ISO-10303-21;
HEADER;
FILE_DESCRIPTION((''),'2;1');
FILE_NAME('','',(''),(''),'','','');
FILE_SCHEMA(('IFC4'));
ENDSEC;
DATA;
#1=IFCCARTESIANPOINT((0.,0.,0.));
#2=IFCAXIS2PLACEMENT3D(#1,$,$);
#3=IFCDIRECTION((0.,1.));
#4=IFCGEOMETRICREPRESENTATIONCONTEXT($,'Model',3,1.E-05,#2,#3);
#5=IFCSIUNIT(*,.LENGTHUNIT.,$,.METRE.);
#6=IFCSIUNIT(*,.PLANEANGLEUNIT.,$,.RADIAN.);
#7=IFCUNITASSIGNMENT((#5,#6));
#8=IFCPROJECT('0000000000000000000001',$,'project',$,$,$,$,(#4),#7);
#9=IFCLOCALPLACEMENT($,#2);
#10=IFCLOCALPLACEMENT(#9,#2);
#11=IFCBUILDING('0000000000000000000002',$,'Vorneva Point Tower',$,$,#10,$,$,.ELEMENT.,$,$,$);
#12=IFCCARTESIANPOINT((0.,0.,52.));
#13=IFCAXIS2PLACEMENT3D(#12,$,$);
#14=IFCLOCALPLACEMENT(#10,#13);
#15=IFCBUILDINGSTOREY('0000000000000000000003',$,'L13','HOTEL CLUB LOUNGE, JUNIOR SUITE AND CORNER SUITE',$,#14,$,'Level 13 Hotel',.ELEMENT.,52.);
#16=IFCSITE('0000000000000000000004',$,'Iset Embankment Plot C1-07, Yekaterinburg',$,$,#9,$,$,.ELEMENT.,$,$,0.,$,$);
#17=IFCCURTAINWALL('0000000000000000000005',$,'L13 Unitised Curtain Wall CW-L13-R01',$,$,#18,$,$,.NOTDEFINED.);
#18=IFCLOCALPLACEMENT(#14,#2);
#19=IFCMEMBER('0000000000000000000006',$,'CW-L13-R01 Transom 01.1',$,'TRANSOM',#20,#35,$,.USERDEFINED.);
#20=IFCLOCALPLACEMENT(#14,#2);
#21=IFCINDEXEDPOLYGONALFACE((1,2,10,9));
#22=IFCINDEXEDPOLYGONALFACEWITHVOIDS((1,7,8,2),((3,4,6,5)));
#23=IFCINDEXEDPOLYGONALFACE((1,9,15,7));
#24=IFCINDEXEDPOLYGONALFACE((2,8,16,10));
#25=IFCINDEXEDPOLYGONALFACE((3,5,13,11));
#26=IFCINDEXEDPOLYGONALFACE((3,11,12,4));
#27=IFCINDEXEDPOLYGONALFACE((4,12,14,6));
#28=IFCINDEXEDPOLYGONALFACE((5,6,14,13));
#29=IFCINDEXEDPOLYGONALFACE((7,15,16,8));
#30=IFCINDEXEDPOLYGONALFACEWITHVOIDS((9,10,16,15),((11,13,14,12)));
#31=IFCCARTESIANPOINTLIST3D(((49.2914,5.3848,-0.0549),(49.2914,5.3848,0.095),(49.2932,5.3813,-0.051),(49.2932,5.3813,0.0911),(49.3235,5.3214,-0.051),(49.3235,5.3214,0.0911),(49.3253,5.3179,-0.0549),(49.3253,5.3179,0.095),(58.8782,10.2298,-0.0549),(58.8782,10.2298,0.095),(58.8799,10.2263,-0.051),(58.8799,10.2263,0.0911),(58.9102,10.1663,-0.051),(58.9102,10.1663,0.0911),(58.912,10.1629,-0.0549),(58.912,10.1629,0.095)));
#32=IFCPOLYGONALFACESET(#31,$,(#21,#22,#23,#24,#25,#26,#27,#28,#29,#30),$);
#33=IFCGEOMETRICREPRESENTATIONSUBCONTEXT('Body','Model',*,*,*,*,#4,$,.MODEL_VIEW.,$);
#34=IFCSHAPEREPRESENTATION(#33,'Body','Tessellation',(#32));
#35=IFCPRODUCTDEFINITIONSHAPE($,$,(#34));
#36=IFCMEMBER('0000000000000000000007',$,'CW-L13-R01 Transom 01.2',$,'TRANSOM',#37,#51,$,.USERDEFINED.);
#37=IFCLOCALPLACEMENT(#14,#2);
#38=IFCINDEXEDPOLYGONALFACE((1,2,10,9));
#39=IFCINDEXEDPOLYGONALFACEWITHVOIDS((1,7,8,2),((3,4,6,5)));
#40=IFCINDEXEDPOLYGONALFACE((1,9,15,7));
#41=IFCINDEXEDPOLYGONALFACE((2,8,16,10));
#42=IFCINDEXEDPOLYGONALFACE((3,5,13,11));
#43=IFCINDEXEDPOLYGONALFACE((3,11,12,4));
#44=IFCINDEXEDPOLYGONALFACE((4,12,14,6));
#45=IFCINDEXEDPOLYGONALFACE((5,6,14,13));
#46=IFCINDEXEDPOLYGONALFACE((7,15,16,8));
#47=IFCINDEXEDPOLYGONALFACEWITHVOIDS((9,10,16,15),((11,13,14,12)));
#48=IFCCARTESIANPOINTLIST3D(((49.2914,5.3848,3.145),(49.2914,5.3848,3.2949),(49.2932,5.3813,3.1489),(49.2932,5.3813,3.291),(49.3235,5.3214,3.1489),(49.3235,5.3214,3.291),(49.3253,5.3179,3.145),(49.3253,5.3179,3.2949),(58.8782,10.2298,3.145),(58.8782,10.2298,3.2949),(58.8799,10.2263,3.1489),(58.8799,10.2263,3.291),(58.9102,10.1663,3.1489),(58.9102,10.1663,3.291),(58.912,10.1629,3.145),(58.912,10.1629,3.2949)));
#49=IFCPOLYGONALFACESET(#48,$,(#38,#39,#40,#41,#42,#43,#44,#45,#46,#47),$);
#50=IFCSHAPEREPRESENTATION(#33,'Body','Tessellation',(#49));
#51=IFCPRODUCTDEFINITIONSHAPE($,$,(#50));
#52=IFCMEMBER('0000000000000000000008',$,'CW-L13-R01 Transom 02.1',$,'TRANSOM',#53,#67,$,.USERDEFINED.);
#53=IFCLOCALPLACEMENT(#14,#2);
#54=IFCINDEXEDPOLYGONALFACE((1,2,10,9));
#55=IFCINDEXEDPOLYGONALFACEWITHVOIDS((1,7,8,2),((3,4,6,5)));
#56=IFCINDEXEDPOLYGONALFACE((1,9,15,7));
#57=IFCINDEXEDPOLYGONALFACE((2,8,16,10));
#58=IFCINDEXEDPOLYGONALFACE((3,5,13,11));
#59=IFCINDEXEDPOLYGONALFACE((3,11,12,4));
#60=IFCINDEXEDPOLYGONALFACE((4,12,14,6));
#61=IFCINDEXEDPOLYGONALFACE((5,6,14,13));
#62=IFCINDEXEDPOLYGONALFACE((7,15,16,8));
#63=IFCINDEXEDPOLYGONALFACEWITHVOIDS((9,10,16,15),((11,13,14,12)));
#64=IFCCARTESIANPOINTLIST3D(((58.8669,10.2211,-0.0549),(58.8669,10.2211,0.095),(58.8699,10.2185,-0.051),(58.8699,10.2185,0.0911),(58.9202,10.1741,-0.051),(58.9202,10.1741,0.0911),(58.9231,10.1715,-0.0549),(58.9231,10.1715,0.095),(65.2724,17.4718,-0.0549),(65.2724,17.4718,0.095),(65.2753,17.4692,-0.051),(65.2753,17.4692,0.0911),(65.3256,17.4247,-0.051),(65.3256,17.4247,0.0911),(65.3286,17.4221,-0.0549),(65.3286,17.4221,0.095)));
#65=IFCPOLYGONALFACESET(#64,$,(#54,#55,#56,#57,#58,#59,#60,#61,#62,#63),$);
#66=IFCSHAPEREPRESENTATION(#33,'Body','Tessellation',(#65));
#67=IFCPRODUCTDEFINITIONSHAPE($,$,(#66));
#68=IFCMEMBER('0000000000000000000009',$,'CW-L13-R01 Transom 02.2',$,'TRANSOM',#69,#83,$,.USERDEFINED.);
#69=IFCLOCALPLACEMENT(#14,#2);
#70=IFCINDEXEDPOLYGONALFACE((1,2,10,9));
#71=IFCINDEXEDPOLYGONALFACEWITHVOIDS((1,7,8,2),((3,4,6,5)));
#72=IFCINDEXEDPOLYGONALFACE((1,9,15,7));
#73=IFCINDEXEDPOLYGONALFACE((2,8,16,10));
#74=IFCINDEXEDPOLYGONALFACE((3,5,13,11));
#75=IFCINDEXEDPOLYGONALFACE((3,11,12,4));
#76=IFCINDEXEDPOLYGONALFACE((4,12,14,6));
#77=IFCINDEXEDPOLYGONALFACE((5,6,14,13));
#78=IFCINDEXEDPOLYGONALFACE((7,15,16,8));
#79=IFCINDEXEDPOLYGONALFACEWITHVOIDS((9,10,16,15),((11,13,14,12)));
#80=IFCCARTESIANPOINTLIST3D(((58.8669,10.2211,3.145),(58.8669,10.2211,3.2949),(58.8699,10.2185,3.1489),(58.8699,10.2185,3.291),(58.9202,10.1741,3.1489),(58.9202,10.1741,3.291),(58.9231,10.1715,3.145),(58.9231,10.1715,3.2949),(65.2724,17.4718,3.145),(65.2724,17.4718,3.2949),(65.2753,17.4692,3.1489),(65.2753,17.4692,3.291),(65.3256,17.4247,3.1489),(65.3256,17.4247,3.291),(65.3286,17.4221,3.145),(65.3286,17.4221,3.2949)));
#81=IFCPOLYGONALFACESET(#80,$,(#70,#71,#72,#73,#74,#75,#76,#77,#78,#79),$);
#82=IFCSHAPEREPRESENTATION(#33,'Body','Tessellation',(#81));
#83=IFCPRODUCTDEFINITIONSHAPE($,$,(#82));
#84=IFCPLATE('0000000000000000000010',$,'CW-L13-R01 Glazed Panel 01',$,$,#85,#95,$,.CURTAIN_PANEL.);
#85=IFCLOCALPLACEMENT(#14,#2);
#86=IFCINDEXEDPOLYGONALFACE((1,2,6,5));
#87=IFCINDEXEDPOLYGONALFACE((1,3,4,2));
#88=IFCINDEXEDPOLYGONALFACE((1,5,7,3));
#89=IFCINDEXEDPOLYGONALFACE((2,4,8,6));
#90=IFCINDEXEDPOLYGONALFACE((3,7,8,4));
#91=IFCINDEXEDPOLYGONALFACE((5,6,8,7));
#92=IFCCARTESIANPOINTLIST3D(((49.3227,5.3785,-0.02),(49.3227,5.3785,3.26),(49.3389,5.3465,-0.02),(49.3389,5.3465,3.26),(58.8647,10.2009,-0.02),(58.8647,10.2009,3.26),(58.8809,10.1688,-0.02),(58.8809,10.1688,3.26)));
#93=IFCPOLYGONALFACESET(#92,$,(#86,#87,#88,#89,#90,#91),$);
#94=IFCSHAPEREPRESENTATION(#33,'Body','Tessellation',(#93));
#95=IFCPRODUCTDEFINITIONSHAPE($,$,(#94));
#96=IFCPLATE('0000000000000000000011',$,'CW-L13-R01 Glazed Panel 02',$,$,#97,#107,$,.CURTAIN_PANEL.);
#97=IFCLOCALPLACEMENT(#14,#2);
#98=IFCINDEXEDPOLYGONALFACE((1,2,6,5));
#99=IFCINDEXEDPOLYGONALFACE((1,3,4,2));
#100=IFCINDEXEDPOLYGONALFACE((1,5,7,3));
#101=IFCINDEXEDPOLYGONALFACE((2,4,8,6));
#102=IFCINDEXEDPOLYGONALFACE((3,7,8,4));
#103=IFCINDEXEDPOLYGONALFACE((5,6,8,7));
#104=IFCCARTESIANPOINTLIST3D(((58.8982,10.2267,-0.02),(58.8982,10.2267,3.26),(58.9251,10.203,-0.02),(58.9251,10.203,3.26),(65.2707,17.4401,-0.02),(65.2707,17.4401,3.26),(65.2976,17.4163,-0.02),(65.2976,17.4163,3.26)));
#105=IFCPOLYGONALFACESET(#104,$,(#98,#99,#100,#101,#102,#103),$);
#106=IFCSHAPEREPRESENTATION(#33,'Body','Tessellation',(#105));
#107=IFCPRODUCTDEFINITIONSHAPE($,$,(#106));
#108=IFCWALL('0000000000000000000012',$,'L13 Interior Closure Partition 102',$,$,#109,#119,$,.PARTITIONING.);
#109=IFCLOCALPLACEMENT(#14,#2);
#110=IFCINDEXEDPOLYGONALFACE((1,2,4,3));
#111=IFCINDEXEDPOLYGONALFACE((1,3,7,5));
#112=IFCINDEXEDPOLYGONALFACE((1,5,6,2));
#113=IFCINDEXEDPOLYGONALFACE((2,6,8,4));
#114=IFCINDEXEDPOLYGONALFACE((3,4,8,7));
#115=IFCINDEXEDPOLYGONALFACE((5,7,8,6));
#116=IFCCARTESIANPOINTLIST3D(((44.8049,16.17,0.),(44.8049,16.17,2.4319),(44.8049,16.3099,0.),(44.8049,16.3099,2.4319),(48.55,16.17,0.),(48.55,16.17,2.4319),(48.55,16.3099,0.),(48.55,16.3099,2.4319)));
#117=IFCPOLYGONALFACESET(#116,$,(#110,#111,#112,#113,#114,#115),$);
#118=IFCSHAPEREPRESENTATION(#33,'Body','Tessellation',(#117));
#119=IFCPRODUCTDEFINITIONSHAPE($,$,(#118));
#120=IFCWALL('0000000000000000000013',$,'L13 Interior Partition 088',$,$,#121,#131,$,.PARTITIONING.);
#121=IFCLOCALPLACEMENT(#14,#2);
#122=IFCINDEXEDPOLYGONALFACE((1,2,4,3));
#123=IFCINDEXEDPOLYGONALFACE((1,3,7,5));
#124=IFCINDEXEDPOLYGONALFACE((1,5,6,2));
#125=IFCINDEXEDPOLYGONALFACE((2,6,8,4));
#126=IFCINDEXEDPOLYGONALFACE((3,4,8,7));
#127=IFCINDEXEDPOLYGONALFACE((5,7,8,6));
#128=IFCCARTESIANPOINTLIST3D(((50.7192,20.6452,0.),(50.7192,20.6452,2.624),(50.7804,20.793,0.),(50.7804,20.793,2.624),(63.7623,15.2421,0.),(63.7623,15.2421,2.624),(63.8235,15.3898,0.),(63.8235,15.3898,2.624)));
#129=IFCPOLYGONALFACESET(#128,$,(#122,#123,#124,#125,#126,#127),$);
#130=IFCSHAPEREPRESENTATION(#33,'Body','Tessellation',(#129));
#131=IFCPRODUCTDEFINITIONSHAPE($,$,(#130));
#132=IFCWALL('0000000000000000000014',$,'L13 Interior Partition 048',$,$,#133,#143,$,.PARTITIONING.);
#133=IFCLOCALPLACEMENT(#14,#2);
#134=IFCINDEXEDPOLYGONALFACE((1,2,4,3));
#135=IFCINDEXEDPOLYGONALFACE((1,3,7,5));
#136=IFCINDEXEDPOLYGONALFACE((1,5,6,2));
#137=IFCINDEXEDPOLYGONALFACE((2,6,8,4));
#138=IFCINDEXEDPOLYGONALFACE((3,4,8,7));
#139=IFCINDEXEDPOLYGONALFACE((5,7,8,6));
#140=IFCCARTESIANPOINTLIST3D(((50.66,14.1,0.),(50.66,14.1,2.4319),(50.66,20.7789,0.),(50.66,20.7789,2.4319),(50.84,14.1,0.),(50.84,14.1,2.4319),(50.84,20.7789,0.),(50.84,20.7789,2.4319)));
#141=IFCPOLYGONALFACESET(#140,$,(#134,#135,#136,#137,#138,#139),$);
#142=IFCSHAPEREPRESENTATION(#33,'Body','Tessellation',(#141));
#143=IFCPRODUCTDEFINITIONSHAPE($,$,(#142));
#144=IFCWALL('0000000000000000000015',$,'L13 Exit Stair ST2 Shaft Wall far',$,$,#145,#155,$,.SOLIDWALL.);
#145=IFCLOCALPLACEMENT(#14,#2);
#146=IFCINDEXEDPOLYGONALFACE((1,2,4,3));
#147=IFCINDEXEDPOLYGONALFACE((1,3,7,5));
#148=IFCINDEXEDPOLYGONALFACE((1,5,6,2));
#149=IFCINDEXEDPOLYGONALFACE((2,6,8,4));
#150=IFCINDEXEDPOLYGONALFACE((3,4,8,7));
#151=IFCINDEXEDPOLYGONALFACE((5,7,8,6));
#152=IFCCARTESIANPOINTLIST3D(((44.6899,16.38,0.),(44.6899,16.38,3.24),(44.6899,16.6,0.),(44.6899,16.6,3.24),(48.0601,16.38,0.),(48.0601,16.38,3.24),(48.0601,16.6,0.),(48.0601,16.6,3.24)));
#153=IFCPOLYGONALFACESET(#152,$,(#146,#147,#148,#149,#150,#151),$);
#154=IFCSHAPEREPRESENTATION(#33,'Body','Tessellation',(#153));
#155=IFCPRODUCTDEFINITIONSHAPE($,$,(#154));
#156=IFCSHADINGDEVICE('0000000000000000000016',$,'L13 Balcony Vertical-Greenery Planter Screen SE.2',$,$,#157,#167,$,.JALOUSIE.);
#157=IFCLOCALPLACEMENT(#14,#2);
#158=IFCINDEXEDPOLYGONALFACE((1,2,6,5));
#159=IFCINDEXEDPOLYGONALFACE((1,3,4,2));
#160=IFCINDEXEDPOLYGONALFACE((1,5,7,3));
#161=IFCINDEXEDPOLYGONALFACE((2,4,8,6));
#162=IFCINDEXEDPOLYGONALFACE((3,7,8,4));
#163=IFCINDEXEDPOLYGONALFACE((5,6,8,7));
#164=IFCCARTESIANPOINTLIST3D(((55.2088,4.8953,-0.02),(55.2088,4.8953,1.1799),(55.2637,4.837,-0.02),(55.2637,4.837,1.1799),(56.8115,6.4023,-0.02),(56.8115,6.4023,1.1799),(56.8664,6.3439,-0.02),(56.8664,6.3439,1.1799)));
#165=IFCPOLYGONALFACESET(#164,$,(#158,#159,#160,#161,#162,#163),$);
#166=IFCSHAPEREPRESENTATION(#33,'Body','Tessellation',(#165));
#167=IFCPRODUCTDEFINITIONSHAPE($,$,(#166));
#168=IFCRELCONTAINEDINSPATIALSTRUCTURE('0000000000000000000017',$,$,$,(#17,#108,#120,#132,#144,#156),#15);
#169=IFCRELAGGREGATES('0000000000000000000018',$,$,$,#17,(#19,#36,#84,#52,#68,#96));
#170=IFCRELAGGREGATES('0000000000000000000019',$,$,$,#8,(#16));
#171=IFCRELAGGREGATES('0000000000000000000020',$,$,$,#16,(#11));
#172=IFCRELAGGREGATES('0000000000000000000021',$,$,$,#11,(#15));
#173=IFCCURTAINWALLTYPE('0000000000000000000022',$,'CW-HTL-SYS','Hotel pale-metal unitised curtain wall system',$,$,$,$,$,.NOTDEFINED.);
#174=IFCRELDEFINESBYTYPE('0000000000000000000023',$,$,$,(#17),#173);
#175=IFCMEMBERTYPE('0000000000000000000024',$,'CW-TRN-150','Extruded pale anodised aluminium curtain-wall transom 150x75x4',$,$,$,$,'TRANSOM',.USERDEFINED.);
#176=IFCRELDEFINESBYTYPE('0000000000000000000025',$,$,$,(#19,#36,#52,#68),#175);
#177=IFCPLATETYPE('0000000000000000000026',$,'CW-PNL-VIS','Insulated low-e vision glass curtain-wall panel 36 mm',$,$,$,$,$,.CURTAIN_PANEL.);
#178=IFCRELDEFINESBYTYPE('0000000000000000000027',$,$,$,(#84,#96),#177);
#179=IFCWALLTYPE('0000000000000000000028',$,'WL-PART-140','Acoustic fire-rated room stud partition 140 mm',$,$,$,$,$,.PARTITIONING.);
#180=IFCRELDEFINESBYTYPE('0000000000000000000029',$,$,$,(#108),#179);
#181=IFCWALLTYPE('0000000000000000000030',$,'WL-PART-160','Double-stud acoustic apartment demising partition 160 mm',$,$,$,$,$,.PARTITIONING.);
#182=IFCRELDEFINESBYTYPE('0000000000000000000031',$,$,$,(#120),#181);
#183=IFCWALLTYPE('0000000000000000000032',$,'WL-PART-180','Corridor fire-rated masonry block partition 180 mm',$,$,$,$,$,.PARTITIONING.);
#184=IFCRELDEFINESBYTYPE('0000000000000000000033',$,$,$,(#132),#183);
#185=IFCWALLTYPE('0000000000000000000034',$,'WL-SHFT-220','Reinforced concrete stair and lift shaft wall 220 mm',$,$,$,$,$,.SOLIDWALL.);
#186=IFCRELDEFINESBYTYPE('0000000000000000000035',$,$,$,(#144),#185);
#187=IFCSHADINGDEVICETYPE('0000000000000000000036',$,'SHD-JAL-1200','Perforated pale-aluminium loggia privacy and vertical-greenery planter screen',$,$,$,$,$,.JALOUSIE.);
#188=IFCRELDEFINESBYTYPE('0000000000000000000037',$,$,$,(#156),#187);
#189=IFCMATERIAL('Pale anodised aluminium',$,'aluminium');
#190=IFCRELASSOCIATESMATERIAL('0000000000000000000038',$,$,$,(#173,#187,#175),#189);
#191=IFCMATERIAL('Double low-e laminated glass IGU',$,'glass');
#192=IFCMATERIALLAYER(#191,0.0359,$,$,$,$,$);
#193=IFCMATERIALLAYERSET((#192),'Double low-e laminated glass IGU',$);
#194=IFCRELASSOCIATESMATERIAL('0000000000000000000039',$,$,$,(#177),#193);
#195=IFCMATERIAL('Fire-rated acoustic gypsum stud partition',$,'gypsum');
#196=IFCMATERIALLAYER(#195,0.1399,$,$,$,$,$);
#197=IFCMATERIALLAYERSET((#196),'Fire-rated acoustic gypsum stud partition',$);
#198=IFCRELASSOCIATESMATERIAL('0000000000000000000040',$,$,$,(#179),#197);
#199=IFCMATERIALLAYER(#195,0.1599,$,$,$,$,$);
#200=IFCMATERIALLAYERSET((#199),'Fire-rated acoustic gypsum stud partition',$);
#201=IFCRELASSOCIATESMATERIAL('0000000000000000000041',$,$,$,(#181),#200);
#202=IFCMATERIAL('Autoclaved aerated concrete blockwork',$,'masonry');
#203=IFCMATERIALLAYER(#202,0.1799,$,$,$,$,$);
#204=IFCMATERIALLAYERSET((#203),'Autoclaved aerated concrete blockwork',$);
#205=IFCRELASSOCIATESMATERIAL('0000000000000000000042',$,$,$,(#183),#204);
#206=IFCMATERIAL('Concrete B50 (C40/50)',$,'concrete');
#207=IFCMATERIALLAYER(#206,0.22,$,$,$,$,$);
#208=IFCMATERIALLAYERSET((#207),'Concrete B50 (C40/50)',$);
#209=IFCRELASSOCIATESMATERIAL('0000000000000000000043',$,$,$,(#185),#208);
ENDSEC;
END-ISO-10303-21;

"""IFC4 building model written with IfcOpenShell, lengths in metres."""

from ifc_helpers import new_model, si_unit, direction, frame, frame_2d, origin, origin_2d, place, context, subcontext, project, spatial, rectangle, hollow_rectangle, extrude, material, layer, layer_set, material_profile, profile_set, type_object, element, aggregate, save


model = new_model("IFC4")

# Units and contexts
model_context = context("Model", 3, precision=1e-05, world=origin(), true_north=direction((0.0, 1.0)))
body_context = subcontext(model_context, "Body", "Model", "MODEL_VIEW")
ifc_project = project(units=[si_unit("LENGTHUNIT", "METRE"), si_unit("PLANEANGLEUNIT", "RADIAN")], contexts=[model_context])

# Site, building, storey
site_placement = place(None, origin())
site = spatial("IfcSite", under=ifc_project, at=site_placement, Name="Iset Embankment Plot C1-07, Yekaterinburg", CompositionType="ELEMENT", RefElevation=0.0)
building_placement = place(site_placement, origin())
building = spatial("IfcBuilding", under=site, at=building_placement, Name="Vorneva Point Tower", CompositionType="ELEMENT")
storey_placement = place(building_placement, frame((0.0, 0.0, 52.0)))
storey = spatial("IfcBuildingStorey", under=building, at=storey_placement, Name="L13", Description="HOTEL CLUB LOUNGE, JUNIOR SUITE AND CORNER SUITE", LongName="Level 13 Hotel", CompositionType="ELEMENT", Elevation=52.0)

# Curtain wall, members, plates
ifc_material_1 = material(Name="Pale anodised aluminium", Category="aluminium")
curtain_wall_type = type_object("IfcCurtainWallType", Name="CW-HTL-SYS", Description="Hotel pale-metal unitised curtain wall system", PredefinedType="NOTDEFINED", material=ifc_material_1)
curtain_wall_placement = place(storey_placement, origin())
curtain_wall = element("IfcCurtainWall", 1, at=curtain_wall_placement, inside=storey, type_object=curtain_wall_type, Name="L13 Unitised Curtain Wall CW-L13-R01", PredefinedType="NOTDEFINED")
ifc_material_profile_1 = material_profile(ifc_material_1, hollow_rectangle(XDim=0.075, YDim=0.1499, WallThickness=0.0039, at=origin_2d()), Name="AL-TRN 150x75x4")
ifc_profile_set_1 = profile_set([ifc_material_profile_1], Name="Pale anodised aluminium")
member_type_1 = type_object("IfcMemberType", Name="CW-TRN-150", Description="Extruded pale anodised aluminium curtain-wall transom 150x75x4", ElementType="TRANSOM", PredefinedType="USERDEFINED", material=ifc_profile_set_1)
member_1_placement = place(storey_placement, frame((49.3083, 5.3513, 0.02), z_axis=(0.892496, 0.451055, 0.0), x_axis=(-0.451055, 0.892496, 0.0)))
member_1 = element("IfcMember", 2, at=member_1_placement, type_object=member_type_1, Name="CW-L13-R01 Transom 01.1", ObjectType="TRANSOM", PredefinedType="USERDEFINED", context=body_context, shape_type="SweptSolid", body=[
    extrude(hollow_rectangle(XDim=0.075, YDim=0.1499, WallThickness=0.0039, at=origin_2d()), origin(), (0.0, 0.0, 1.0), 10.7415),
])
member_2_placement = place(storey_placement, frame((49.3083, 5.3513, 3.22), z_axis=(0.892496, 0.451055, 0.0), x_axis=(-0.451055, 0.892496, 0.0)))
member_2 = element("IfcMember", 3, at=member_2_placement, type_object=member_type_1, Name="CW-L13-R01 Transom 01.2", ObjectType="TRANSOM", PredefinedType="USERDEFINED", context=body_context, shape_type="SweptSolid", body=[
    extrude(hollow_rectangle(XDim=0.075, YDim=0.1499, WallThickness=0.0039, at=origin_2d()), origin(), (0.0, 0.0, 1.0), 10.7415),
])
member_3_placement = place(storey_placement, frame((58.895, 10.1963, 0.02), z_axis=(0.662076, 0.749437, 0.0), x_axis=(-0.749437, 0.662076, 0.0)))
member_3 = element("IfcMember", 4, at=member_3_placement, type_object=member_type_1, Name="CW-L13-R01 Transom 02.1", ObjectType="TRANSOM", PredefinedType="USERDEFINED", context=body_context, shape_type="SweptSolid", body=[
    extrude(hollow_rectangle(XDim=0.075, YDim=0.1499, WallThickness=0.0039, at=origin_2d()), origin(), (0.0, 0.0, 1.0), 9.6748),
])
member_4_placement = place(storey_placement, frame((58.895, 10.1963, 3.22), z_axis=(0.662076, 0.749437, 0.0), x_axis=(-0.749437, 0.662076, 0.0)))
member_4 = element("IfcMember", 5, at=member_4_placement, type_object=member_type_1, Name="CW-L13-R01 Transom 02.2", ObjectType="TRANSOM", PredefinedType="USERDEFINED", context=body_context, shape_type="SweptSolid", body=[
    extrude(hollow_rectangle(XDim=0.075, YDim=0.1499, WallThickness=0.0039, at=origin_2d()), origin(), (0.0, 0.0, 1.0), 9.6748),
])
ifc_material_2 = material(Name="Double low-e laminated glass IGU", Category="glass")
ifc_layer_1 = layer(ifc_material_2, 0.0359)
ifc_layer_set_1 = layer_set([ifc_layer_1], Name="Double low-e laminated glass IGU")
plate_type = type_object("IfcPlateType", Name="CW-PNL-VIS", Description="Insulated low-e vision glass curtain-wall panel 36 mm", PredefinedType="CURTAIN_PANEL", material=ifc_layer_set_1)
plate_1_placement = place(storey_placement, frame((54.1018, 7.7737, -0.02), z_axis=(0.0, 0.0, 1.0), x_axis=(0.892499, 0.451049, 0.0)))
plate_1 = element("IfcPlate", 6, at=plate_1_placement, type_object=plate_type, Name="CW-L13-R01 Glazed Panel 01", PredefinedType="CURTAIN_PANEL", context=body_context, shape_type="SweptSolid", body=[
    extrude(rectangle(XDim=10.6914, YDim=0.0359, at=origin_2d()), origin(), (0.0, 0.0, 1.0), 3.28),
])
plate_2_placement = place(storey_placement, frame((62.0979, 13.8215, -0.02), z_axis=(0.0, 0.0, 1.0), x_axis=(0.662071, 0.749441, 0.0)))
plate_2 = element("IfcPlate", 7, at=plate_2_placement, type_object=plate_type, Name="CW-L13-R01 Glazed Panel 02", PredefinedType="CURTAIN_PANEL", context=body_context, shape_type="SweptSolid", body=[
    extrude(rectangle(XDim=9.625, YDim=0.0359, at=origin_2d()), origin(), (0.0, 0.0, 1.0), 3.28),
])
aggregate(curtain_wall, [member_1, member_2, plate_1, member_3, member_4, plate_2])

# Walls
ifc_material_3 = material(Name="Fire-rated acoustic gypsum stud partition", Category="gypsum")
ifc_layer_2 = layer(ifc_material_3, 0.1399)
ifc_layer_set_2 = layer_set([ifc_layer_2], Name="Fire-rated acoustic gypsum stud partition")
wall_type_1 = type_object("IfcWallType", Name="WL-PART-140", Description="Acoustic fire-rated room stud partition 140 mm", PredefinedType="PARTITIONING", material=ifc_layer_set_2)
wall_1_placement = place(storey_placement, frame((48.55, 16.24, 0.0), z_axis=(0.0, 0.0, 1.0), x_axis=(-1.0, 0.0, 0.0)))
element("IfcWall", 8, at=wall_1_placement, inside=storey, type_object=wall_type_1, Name="L13 Interior Closure Partition 102", PredefinedType="PARTITIONING", context=body_context, shape_type="SweptSolid", body=[
    extrude(rectangle(XDim=3.7451, YDim=0.1399, at=frame_2d((1.8726, 0.0))), origin(), (0.0, 0.0, 1.0), 2.4319),
])
ifc_layer_3 = layer(ifc_material_3, 0.1599)
ifc_layer_set_3 = layer_set([ifc_layer_3], Name="Fire-rated acoustic gypsum stud partition")
wall_type_2 = type_object("IfcWallType", Name="WL-PART-160", Description="Double-stud acoustic apartment demising partition 160 mm", PredefinedType="PARTITIONING", material=ifc_layer_set_3)
wall_2_placement = place(storey_placement, frame((63.793, 15.3159, 0.0), z_axis=(0.0, 0.0, 1.0), x_axis=(-0.923867, 0.382714, 0.0)))
element("IfcWall", 9, at=wall_2_placement, inside=storey, type_object=wall_type_2, Name="L13 Interior Partition 088", PredefinedType="PARTITIONING", context=body_context, shape_type="SweptSolid", body=[
    extrude(rectangle(XDim=14.1179, YDim=0.1599, at=frame_2d((7.0591, 0.0))), origin(), (0.0, 0.0, 1.0), 2.624),
])
ifc_material_4 = material(Name="Autoclaved aerated concrete blockwork", Category="masonry")
ifc_layer_4 = layer(ifc_material_4, 0.1799)
ifc_layer_set_4 = layer_set([ifc_layer_4], Name="Autoclaved aerated concrete blockwork")
wall_type_3 = type_object("IfcWallType", Name="WL-PART-180", Description="Corridor fire-rated masonry block partition 180 mm", PredefinedType="PARTITIONING", material=ifc_layer_set_4)
wall_3_placement = place(storey_placement, frame((50.75, 14.1001, 0.0), z_axis=(0.0, 0.0, 1.0), x_axis=(0.0, 1.0, 0.0)))
element("IfcWall", 10, at=wall_3_placement, inside=storey, type_object=wall_type_3, Name="L13 Interior Partition 048", PredefinedType="PARTITIONING", context=body_context, shape_type="SweptSolid", body=[
    extrude(rectangle(XDim=6.679, YDim=0.1799, at=frame_2d((3.3394, 0.0))), origin(), (0.0, 0.0, 1.0), 2.4319),
])
ifc_material_5 = material(Name="Concrete B50 (C40/50)", Category="concrete")
ifc_layer_5 = layer(ifc_material_5, 0.22)
ifc_layer_set_5 = layer_set([ifc_layer_5], Name="Concrete B50 (C40/50)")
wall_type_4 = type_object("IfcWallType", Name="WL-SHFT-220", Description="Reinforced concrete stair and lift shaft wall 220 mm", PredefinedType="SOLIDWALL", material=ifc_layer_set_5)
wall_4_placement = place(storey_placement, frame((48.0601, 16.49, 0.0), z_axis=(0.0, 0.0, 1.0), x_axis=(-1.0, 0.0, 0.0)))
element("IfcWall", 11, at=wall_4_placement, inside=storey, type_object=wall_type_4, Name="L13 Exit Stair ST2 Shaft Wall far", PredefinedType="SOLIDWALL", context=body_context, shape_type="SweptSolid", body=[
    extrude(rectangle(XDim=3.3701, YDim=0.22, at=frame_2d((1.6851, 0.0))), origin(), (0.0, 0.0, 1.0), 3.24),
])

# Shading device
shading_device_type = type_object("IfcShadingDeviceType", Name="SHD-JAL-1200", Description="Perforated pale-aluminium loggia privacy and vertical-greenery planter screen", PredefinedType="JALOUSIE", material=ifc_material_1)
shading_device_placement = place(storey_placement, frame((56.0376, 5.6196, -0.02), z_axis=(0.0, 0.0, 1.0), x_axis=(0.728538, 0.685005, 0.0)))
element("IfcShadingDevice", 12, at=shading_device_placement, inside=storey, type_object=shading_device_type, Name="L13 Balcony Vertical-Greenery Planter Screen SE.2", PredefinedType="JALOUSIE", context=body_context, shape_type="SweptSolid", body=[
    extrude(rectangle(XDim=2.2, YDim=0.0801, at=origin_2d()), origin(), (0.0, 0.0, 1.0), 1.2),
])

save(model, "model.ifc")
